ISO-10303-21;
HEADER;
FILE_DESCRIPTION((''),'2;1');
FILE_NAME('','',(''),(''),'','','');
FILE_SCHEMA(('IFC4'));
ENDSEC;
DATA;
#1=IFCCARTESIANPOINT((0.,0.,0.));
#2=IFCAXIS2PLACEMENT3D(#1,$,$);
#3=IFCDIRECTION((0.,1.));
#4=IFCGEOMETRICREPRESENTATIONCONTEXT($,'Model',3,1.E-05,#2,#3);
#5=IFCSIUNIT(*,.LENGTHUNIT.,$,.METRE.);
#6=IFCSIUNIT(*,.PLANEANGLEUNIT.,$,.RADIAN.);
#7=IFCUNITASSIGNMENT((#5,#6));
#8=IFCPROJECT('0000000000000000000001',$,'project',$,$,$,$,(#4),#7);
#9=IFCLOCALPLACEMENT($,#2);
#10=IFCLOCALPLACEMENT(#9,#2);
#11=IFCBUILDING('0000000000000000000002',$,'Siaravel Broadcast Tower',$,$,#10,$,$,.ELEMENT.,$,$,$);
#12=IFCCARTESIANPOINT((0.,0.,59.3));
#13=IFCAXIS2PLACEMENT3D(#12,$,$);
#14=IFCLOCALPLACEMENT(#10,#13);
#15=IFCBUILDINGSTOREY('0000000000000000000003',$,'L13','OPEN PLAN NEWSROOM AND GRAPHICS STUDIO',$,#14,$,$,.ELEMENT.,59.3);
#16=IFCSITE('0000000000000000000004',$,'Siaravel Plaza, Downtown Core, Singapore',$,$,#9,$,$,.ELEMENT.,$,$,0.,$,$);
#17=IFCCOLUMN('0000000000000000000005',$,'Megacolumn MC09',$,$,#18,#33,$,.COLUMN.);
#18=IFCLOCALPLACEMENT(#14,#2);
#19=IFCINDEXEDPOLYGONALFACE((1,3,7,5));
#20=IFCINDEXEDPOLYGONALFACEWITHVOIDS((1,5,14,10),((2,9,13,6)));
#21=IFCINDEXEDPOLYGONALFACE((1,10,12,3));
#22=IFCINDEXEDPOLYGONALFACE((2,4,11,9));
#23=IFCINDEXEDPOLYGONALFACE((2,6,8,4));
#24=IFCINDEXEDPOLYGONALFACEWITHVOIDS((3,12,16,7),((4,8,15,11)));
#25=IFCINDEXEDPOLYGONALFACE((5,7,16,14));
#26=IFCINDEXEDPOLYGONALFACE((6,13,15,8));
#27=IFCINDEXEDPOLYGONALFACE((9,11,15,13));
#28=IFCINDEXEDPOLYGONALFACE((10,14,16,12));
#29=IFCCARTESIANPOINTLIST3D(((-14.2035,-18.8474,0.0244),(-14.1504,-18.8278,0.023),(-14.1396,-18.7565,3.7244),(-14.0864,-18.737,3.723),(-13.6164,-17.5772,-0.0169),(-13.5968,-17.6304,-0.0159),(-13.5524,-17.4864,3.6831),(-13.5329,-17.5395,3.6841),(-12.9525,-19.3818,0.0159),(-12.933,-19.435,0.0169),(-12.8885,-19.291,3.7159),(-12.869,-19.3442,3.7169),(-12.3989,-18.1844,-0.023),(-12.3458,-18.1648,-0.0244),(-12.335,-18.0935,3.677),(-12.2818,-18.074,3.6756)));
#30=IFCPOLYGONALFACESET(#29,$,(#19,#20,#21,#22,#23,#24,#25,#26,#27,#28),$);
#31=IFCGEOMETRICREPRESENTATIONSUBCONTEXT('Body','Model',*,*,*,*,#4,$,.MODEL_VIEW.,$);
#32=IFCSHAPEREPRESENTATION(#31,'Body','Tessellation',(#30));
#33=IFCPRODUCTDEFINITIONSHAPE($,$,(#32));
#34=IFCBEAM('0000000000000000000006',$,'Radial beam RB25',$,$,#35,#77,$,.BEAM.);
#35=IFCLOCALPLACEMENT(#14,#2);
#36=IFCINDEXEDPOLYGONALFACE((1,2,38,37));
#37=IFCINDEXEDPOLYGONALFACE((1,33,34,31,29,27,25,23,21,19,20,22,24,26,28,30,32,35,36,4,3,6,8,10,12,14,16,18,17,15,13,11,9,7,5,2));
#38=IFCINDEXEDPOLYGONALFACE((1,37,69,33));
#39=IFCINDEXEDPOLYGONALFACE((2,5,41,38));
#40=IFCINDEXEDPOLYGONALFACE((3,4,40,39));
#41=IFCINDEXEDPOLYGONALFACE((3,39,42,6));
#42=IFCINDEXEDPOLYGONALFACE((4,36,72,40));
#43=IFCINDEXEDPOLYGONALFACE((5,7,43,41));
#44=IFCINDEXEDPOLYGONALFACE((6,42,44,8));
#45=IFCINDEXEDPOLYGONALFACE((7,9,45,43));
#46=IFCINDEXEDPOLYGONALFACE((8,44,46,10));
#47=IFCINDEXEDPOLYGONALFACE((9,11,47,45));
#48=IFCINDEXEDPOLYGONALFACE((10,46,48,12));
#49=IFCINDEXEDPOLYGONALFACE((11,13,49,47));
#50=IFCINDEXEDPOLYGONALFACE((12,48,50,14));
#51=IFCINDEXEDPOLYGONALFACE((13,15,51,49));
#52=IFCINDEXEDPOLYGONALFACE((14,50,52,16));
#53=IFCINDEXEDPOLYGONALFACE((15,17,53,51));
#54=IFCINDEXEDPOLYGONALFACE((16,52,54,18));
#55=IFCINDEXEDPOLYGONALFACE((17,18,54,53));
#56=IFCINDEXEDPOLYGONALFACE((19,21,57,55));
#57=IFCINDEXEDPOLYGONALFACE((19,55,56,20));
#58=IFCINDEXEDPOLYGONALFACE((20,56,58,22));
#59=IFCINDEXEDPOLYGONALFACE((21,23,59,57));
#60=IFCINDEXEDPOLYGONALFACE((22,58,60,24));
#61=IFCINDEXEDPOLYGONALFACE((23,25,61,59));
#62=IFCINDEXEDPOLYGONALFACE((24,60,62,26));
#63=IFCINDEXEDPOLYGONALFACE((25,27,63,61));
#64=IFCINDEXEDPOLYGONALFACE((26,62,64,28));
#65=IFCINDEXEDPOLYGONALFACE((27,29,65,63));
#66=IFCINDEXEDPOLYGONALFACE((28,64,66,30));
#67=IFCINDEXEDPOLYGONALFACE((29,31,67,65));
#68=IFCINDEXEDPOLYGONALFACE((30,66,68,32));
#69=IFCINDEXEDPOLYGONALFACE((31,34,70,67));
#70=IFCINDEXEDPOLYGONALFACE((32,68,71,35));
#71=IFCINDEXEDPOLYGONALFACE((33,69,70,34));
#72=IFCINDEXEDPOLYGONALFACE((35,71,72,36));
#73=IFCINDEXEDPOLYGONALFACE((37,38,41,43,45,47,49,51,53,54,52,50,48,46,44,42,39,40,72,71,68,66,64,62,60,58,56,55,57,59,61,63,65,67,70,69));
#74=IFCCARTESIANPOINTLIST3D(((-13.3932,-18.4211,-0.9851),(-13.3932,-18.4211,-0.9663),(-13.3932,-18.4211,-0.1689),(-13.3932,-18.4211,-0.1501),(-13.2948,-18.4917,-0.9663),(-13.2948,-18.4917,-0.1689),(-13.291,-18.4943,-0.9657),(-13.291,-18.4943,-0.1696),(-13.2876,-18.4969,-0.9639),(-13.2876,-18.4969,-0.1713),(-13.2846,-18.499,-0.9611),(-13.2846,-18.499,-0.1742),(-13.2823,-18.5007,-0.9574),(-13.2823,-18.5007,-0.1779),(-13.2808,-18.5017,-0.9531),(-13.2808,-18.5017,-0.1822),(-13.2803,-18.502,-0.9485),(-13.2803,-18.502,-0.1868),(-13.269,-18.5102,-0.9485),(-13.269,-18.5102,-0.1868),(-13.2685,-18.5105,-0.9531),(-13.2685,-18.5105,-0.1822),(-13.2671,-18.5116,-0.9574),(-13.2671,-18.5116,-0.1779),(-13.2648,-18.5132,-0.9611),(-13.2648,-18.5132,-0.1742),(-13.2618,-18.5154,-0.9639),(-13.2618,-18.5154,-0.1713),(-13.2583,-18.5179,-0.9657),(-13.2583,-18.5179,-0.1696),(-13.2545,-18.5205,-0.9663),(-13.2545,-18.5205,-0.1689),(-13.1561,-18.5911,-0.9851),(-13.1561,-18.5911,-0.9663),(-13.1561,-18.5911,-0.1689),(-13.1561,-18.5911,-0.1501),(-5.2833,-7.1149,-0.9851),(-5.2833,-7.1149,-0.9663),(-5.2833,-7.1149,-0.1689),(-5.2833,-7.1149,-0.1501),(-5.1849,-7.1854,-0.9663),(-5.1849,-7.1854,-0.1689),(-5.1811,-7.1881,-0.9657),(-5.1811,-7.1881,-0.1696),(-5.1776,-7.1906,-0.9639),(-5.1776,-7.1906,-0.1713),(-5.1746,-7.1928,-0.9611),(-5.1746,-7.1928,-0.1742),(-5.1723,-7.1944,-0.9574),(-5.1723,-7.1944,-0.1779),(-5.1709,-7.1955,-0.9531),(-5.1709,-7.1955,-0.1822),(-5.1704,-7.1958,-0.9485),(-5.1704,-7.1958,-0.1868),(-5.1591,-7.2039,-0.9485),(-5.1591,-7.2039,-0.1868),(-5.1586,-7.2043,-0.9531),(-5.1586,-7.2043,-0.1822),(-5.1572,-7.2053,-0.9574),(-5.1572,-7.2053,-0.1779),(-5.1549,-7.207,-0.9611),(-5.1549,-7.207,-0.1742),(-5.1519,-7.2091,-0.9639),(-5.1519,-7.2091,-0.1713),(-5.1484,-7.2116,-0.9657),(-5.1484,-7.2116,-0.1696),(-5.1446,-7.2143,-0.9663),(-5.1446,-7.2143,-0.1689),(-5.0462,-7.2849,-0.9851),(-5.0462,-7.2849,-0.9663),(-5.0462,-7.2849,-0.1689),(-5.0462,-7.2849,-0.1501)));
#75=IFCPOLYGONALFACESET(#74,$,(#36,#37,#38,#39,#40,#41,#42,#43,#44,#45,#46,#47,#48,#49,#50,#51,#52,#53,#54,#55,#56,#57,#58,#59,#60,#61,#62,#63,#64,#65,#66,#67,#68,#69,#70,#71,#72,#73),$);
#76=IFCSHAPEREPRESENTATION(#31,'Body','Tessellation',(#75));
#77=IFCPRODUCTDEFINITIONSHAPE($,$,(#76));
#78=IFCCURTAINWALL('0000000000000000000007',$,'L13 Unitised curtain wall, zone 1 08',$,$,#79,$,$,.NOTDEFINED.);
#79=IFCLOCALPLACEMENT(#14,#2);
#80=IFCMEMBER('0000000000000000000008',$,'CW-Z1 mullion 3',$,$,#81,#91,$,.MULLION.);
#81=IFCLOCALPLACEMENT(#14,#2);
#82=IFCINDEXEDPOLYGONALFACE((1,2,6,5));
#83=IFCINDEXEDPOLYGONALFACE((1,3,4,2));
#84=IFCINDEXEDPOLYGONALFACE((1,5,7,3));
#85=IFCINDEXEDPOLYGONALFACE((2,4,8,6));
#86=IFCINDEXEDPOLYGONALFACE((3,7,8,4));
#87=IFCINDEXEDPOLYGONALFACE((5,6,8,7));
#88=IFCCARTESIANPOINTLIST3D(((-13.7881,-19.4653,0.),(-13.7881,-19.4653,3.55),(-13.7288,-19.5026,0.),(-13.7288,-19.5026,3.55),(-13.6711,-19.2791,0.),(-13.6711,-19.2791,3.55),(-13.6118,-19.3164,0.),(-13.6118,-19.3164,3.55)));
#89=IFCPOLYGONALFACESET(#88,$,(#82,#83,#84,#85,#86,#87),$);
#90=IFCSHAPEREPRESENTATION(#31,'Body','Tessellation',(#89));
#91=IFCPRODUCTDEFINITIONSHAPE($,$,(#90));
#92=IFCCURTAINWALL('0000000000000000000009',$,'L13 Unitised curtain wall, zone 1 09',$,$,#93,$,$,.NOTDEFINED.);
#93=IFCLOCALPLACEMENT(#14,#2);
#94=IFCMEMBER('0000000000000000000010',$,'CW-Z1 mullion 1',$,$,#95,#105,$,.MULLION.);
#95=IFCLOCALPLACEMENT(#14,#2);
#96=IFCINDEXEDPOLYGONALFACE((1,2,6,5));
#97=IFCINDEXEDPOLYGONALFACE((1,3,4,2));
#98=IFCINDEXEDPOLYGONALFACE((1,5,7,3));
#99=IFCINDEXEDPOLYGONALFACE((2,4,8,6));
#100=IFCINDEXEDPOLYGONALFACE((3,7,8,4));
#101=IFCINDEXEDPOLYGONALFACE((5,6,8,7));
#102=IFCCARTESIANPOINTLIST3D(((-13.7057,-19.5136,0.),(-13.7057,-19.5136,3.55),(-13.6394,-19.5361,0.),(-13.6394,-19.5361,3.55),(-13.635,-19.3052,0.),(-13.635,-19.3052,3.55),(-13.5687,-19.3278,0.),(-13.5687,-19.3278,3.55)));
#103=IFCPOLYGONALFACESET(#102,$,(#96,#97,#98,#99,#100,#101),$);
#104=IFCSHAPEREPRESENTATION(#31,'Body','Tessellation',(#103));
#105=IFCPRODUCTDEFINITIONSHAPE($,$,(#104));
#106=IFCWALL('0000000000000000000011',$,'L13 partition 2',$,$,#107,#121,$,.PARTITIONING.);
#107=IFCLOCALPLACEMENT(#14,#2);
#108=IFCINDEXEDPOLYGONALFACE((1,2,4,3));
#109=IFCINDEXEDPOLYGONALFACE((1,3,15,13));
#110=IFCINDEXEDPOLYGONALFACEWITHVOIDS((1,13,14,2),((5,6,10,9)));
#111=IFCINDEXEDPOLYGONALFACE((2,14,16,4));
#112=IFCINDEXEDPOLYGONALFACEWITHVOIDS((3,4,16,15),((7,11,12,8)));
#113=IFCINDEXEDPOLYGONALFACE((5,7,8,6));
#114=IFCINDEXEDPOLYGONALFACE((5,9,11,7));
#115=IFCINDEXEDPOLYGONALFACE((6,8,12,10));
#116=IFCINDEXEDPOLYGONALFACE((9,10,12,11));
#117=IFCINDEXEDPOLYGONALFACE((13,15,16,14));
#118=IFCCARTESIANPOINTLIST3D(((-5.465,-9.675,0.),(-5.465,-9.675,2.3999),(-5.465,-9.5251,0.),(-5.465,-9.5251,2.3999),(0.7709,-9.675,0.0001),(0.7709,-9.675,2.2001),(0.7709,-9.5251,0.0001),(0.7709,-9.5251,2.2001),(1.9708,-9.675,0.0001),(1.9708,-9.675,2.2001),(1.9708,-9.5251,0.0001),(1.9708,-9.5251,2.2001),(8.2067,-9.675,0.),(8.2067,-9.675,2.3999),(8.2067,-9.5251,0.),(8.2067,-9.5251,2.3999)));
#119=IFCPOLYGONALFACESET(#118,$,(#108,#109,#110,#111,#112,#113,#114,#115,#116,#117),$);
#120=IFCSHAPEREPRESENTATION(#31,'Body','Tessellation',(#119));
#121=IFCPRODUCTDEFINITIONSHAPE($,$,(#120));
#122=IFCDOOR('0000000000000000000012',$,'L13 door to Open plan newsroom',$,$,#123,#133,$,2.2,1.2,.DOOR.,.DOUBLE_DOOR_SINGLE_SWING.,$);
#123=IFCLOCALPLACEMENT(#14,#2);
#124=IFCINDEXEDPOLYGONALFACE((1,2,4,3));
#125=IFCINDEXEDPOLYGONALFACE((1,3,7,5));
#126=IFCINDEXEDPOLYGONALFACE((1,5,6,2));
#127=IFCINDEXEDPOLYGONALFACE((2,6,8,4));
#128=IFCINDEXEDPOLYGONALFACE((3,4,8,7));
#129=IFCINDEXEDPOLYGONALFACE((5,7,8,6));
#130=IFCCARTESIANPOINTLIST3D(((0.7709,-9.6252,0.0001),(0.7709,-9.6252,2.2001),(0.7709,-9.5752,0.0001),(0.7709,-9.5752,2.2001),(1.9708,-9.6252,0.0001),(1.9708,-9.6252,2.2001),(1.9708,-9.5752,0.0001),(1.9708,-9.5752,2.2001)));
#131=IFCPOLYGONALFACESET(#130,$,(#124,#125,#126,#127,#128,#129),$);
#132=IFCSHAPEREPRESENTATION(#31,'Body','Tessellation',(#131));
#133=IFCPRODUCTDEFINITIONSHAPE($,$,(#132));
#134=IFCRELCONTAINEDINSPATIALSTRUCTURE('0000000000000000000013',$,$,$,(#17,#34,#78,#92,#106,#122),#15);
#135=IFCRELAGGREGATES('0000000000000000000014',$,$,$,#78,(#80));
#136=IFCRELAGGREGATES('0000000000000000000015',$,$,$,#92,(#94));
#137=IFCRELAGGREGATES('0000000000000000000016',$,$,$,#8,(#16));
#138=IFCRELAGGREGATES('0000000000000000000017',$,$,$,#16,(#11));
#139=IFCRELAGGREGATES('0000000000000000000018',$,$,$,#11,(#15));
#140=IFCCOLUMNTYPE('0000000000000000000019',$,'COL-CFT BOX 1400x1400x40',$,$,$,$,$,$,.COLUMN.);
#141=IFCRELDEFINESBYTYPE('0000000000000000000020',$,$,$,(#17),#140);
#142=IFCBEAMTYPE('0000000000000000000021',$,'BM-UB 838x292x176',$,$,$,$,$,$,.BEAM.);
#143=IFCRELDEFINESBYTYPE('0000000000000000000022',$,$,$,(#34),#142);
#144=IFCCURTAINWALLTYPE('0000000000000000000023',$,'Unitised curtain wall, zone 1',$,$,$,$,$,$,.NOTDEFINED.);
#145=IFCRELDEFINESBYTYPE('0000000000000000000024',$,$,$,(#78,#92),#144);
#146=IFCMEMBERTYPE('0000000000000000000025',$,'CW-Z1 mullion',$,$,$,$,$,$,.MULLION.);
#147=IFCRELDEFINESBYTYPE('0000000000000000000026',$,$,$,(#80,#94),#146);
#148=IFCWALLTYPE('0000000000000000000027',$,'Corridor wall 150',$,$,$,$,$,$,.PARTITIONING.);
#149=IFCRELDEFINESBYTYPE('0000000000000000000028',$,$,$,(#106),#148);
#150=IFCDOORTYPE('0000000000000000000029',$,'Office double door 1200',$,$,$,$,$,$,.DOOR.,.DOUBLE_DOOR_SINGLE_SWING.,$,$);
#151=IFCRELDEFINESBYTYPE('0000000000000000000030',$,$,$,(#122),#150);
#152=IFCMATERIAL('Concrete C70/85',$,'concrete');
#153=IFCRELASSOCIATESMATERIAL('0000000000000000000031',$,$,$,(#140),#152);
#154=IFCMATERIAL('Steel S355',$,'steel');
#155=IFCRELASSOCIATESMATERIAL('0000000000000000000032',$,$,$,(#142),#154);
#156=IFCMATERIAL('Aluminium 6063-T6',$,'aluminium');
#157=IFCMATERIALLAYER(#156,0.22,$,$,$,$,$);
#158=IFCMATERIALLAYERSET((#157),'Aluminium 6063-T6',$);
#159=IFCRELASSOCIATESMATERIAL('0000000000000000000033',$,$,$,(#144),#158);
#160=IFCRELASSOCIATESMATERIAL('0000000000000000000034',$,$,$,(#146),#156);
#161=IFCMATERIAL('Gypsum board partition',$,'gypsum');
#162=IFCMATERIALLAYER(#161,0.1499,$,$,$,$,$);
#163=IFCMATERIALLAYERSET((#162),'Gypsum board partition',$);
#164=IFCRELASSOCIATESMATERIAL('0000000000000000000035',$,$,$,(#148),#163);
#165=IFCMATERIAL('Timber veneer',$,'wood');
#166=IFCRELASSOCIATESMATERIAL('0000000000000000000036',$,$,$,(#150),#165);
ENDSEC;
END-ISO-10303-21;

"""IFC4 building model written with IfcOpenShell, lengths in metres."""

from ifc_helpers import new_model, si_unit, direction, frame, frame_2d, origin, origin_2d, place, context, subcontext, project, spatial, rectangle, hollow_rectangle, i_section, extrude, material, layer, layer_set, material_profile, profile_set, type_object, element, fill, aggregate, save


model = new_model("IFC4")

# Units and contexts
model_context = context("Model", 3, precision=1e-05, world=origin(), true_north=direction((0.0, 1.0)))
body_context = subcontext(model_context, "Body", "Model", "MODEL_VIEW")
ifc_project = project(units=[si_unit("LENGTHUNIT", "METRE"), si_unit("PLANEANGLEUNIT", "RADIAN")], contexts=[model_context])

# Site, building, storey
site_placement = place(None, origin())
site = spatial("IfcSite", under=ifc_project, at=site_placement, Name="Siaravel Plaza, Downtown Core, Singapore", CompositionType="ELEMENT", RefElevation=0.0)
building_placement = place(site_placement, origin())
building = spatial("IfcBuilding", under=site, at=building_placement, Name="Siaravel Broadcast Tower", CompositionType="ELEMENT")
storey_placement = place(building_placement, frame((0.0, 0.0, 59.3)))
storey = spatial("IfcBuildingStorey", under=building, at=storey_placement, Name="L13", Description="OPEN PLAN NEWSROOM AND GRAPHICS STUDIO", CompositionType="ELEMENT", Elevation=59.3)

# Column
ifc_material_1 = material(Name="Concrete C70/85", Category="concrete")
ifc_material_profile_1 = material_profile(ifc_material_1, hollow_rectangle(XDim=1.3999, YDim=1.3999, WallThickness=0.04, at=origin_2d()))
ifc_profile_set_1 = profile_set([ifc_material_profile_1], Name="Concrete C70/85")
column_type = type_object("IfcColumnType", Name="COL-CFT BOX 1400x1400x40", PredefinedType="COLUMN", material=ifc_profile_set_1)
column_placement = place(storey_placement, frame((-13.2747, -18.5061, 0.0), z_axis=(0.01728, 0.024535, 0.99955), x_axis=(-0.907621, 0.419757, 0.005387)))
element("IfcColumn", 1, at=column_placement, inside=storey, type_object=column_type, Name="Megacolumn MC09", PredefinedType="COLUMN", context=body_context, shape_type="SweptSolid", body=[
    extrude(hollow_rectangle(XDim=1.3999, YDim=1.3999, WallThickness=0.04, at=origin_2d()), origin(), (0.0, 0.0, 1.0), 3.7017),
])

# Beam
ifc_material_2 = material(Name="Steel S355", Category="steel")
ifc_material_profile_2 = material_profile(ifc_material_2, i_section(OverallWidth=0.2917, OverallDepth=0.835, WebThickness=0.0139, FlangeThickness=0.0188, FilletRadius=0.0178, at=origin_2d()))
ifc_profile_set_2 = profile_set([ifc_material_profile_2], Name="Steel S355")
beam_type = type_object("IfcBeamType", Name="BM-UB 838x292x176", PredefinedType="BEAM", material=ifc_profile_set_2)
beam_placement = place(storey_placement, frame((-13.2747, -18.5061, -0.5676), z_axis=(0.582857, 0.812575, 0.0), x_axis=(-0.812575, 0.582857, 0.0)))
element("IfcBeam", 2, at=beam_placement, inside=storey, type_object=beam_type, Name="Radial beam RB25", PredefinedType="BEAM", context=body_context, shape_type="SweptSolid", body=[
    extrude(i_section(OverallWidth=0.2917, OverallDepth=0.835, WebThickness=0.0139, FlangeThickness=0.0188, FilletRadius=0.0178, at=origin_2d()), origin(), (0.0, 0.0, 1.0), 13.9141),
])

# Curtain walls, members
ifc_material_3 = material(Name="Aluminium 6063-T6", Category="aluminium")
ifc_layer_1 = layer(ifc_material_3, 0.22)
ifc_layer_set_1 = layer_set([ifc_layer_1], Name="Aluminium 6063-T6")
curtain_wall_type = type_object("IfcCurtainWallType", Name="Unitised curtain wall, zone 1", PredefinedType="NOTDEFINED", material=ifc_layer_set_1)
curtain_wall_1_placement = place(storey_placement, origin())
curtain_wall_1 = element("IfcCurtainWall", 3, at=curtain_wall_1_placement, inside=storey, type_object=curtain_wall_type, Name="L13 Unitised curtain wall, zone 1 08", PredefinedType="NOTDEFINED")
ifc_material_profile_3 = material_profile(ifc_material_3, rectangle(XDim=0.22, YDim=0.0701, at=origin_2d()))
ifc_profile_set_3 = profile_set([ifc_material_profile_3], Name="Aluminium 6063-T6")
member_type = type_object("IfcMemberType", Name="CW-Z1 mullion", PredefinedType="MULLION", material=ifc_profile_set_3)
member_1_placement = place(storey_placement, frame((-13.7, -19.3909, 0.0), z_axis=(0.0, 0.0, 1.0), x_axis=(0.532148, 0.846651, 0.0)))
member_1 = element("IfcMember", 4, at=member_1_placement, type_object=member_type, Name="CW-Z1 mullion 3", PredefinedType="MULLION", context=body_context, shape_type="SweptSolid", body=[
    extrude(rectangle(XDim=0.22, YDim=0.0701, at=origin_2d()), origin(), (0.0, 0.0, 1.0), 3.55),
])
aggregate(curtain_wall_1, [member_1])
curtain_wall_2_placement = place(storey_placement, origin())
curtain_wall_2 = element("IfcCurtainWall", 5, at=curtain_wall_2_placement, inside=storey, type_object=curtain_wall_type, Name="L13 Unitised curtain wall, zone 1 09", PredefinedType="NOTDEFINED")
member_2_placement = place(storey_placement, frame((-13.6372, -19.4207, 0.0), z_axis=(0.0, 0.0, 1.0), x_axis=(0.3213, 0.946978, 0.0)))
member_2 = element("IfcMember", 6, at=member_2_placement, type_object=member_type, Name="CW-Z1 mullion 1", PredefinedType="MULLION", context=body_context, shape_type="SweptSolid", body=[
    extrude(rectangle(XDim=0.22, YDim=0.0701, at=origin_2d()), origin(), (0.0, 0.0, 1.0), 3.55),
])
aggregate(curtain_wall_2, [member_2])

# Wall, opening, door
ifc_material_4 = material(Name="Gypsum board partition", Category="gypsum")
ifc_layer_2 = layer(ifc_material_4, 0.1499)
ifc_layer_set_2 = layer_set([ifc_layer_2], Name="Gypsum board partition")
wall_type = type_object("IfcWallType", Name="Corridor wall 150", PredefinedType="PARTITIONING", material=ifc_layer_set_2)
wall_1_placement = place(storey_placement, frame((-5.4651, -9.6001, 0.0), z_axis=(0.0, 0.0, 1.0), x_axis=(1.0, 0.0, 0.0)))
wall_1 = element("IfcWall", 7, at=wall_1_placement, inside=storey, type_object=wall_type, Name="L13 partition 2", PredefinedType="PARTITIONING", context=body_context, shape_type="SweptSolid", body=[
    extrude(rectangle(XDim=13.6716, YDim=0.1499, at=frame_2d((6.8359, 0.0))), origin(), (0.0, 0.0, 1.0), 2.3999),
])
opening_1_placement = place(wall_1_placement, frame((6.2358, 0.0, 0.0)))
opening_1 = element("IfcOpeningElement", 8, at=opening_1_placement, cuts=wall_1, PredefinedType="OPENING", context=body_context, shape_type="SweptSolid", body=[
    extrude(rectangle(XDim=1.2, YDim=2.2, at=frame_2d((0.6001, 1.1001))), frame((0.0, 0.085, 0.0), z_axis=(0.0, -1.0, 0.0), x_axis=(1.0, 0.0, 0.0)), (0.0, 0.0, 1.0), 0.1699),
])
ifc_material_5 = material(Name="Timber veneer", Category="wood")
door_type_1 = type_object("IfcDoorType", Name="Office double door 1200", OperationType="DOUBLE_DOOR_SINGLE_SWING", PredefinedType="DOOR", material=ifc_material_5)
door_1_placement = place(opening_1_placement, origin())
door_1 = element("IfcDoor", 9, at=door_1_placement, inside=storey, type_object=door_type_1, Name="L13 door to Open plan newsroom", OperationType="DOUBLE_DOOR_SINGLE_SWING", OverallHeight=2.2, OverallWidth=1.2, PredefinedType="DOOR", context=body_context, shape_type="SweptSolid", body=[
    extrude(rectangle(XDim=1.2, YDim=2.2, at=frame_2d((0.6001, 1.1001))), frame((0.0, 0.0249, 0.0), z_axis=(0.0, -1.0, 0.0), x_axis=(1.0, 0.0, 0.0)), (0.0, 0.0, 1.0), 0.05),
])
fill(opening_1, door_1)

save(model, "model.ifc")
